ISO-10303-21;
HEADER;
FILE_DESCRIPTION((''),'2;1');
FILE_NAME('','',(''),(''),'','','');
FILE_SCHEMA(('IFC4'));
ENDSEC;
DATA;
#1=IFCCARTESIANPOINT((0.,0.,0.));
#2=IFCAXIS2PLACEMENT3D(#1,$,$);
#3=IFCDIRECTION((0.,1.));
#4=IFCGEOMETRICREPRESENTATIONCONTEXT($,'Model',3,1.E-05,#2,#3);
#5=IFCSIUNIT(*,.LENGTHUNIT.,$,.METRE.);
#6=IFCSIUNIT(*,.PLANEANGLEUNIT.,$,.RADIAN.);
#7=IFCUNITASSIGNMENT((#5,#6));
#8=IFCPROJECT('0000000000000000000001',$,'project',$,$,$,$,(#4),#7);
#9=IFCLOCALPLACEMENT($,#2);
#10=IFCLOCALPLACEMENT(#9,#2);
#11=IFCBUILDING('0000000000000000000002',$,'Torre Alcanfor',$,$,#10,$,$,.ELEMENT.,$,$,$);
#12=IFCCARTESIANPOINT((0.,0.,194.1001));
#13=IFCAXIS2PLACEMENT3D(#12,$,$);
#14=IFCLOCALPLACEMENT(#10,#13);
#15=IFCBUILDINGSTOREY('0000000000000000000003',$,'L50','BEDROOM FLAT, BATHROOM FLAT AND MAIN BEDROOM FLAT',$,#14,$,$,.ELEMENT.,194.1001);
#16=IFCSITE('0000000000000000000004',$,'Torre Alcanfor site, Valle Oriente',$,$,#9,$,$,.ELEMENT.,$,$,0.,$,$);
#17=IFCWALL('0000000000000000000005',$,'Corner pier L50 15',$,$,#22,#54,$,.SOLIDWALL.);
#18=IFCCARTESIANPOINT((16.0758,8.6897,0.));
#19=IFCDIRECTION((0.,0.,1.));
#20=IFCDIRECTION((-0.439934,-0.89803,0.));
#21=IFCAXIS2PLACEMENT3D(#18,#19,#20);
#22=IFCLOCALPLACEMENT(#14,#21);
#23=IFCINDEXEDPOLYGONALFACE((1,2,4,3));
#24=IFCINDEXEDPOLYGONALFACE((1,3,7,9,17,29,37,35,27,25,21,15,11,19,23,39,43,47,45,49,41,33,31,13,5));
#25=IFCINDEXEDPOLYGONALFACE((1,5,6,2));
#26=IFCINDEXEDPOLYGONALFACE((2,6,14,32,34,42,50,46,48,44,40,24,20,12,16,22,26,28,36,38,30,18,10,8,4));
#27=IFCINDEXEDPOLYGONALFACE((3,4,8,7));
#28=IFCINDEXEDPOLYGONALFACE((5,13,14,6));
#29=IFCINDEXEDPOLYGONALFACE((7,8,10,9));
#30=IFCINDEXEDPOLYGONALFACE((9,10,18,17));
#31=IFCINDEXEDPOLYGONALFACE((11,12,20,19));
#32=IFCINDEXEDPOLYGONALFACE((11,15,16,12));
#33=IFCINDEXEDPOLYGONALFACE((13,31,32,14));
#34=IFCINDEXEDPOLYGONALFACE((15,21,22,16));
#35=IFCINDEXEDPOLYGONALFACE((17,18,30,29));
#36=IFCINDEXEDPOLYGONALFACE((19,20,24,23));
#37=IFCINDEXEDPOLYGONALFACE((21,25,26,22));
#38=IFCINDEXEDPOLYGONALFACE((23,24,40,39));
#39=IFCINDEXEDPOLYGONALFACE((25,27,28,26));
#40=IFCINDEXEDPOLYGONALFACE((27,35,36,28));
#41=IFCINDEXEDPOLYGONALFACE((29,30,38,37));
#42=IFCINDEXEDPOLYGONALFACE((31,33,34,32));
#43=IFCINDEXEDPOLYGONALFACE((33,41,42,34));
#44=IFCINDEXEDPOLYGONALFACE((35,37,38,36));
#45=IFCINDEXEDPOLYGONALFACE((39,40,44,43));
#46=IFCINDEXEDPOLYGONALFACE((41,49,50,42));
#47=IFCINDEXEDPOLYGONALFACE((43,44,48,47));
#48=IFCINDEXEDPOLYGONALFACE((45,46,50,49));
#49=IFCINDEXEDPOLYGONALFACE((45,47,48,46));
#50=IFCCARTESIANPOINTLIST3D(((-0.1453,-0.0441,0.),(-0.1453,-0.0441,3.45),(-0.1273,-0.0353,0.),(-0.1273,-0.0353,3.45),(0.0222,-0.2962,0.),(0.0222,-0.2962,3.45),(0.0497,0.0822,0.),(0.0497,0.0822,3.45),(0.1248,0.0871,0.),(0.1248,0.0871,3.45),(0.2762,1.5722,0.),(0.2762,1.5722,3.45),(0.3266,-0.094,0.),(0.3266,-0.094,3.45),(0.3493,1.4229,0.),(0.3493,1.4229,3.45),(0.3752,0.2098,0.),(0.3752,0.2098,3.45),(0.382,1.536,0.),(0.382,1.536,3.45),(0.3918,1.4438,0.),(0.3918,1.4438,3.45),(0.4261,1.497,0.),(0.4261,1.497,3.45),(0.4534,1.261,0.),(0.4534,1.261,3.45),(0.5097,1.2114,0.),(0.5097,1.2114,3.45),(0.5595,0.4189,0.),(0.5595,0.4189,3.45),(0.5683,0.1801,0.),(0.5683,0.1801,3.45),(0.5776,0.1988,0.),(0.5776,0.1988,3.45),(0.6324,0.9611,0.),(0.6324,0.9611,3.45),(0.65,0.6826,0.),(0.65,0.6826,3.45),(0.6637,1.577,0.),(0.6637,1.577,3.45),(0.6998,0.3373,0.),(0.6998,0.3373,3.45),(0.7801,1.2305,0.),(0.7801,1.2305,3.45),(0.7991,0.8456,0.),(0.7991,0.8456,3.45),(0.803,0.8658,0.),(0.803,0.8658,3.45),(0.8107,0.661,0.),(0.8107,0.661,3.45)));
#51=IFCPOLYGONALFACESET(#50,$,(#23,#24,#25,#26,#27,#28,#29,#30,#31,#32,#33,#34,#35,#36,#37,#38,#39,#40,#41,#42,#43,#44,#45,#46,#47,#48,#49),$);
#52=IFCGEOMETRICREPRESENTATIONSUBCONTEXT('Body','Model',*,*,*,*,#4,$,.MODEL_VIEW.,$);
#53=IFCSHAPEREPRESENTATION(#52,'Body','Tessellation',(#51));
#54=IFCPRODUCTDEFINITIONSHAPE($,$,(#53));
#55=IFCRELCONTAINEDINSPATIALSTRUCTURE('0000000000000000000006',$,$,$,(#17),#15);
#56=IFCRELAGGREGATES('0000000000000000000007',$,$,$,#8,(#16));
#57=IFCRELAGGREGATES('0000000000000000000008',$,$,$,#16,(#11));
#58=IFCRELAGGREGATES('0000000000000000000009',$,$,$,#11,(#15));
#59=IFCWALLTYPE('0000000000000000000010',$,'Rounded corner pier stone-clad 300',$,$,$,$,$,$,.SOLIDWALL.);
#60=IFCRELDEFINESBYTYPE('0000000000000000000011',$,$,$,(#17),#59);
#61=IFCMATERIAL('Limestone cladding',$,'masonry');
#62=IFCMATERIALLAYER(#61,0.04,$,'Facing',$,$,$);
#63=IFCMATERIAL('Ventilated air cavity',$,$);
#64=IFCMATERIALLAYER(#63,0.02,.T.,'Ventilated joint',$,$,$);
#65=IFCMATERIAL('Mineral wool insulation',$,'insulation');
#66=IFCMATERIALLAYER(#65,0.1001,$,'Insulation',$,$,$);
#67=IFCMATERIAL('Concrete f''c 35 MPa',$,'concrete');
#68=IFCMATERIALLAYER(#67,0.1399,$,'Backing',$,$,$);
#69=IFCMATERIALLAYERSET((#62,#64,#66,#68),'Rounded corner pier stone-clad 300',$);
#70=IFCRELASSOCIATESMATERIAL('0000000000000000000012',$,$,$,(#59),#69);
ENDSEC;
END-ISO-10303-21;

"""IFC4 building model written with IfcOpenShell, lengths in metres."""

from ifc_helpers import new_model, si_unit, direction, frame, origin, place, context, subcontext, project, spatial, polyline, outline, extrude, material, layer, layer_set, type_object, element, save


model = new_model("IFC4")

# Units and contexts
model_context = context("Model", 3, precision=1e-05, world=origin(), true_north=direction((0.0, 1.0)))
body_context = subcontext(model_context, "Body", "Model", "MODEL_VIEW")
ifc_project = project(units=[si_unit("LENGTHUNIT", "METRE"), si_unit("PLANEANGLEUNIT", "RADIAN")], contexts=[model_context])

# Site, building, storey
site_placement = place(None, origin())
site = spatial("IfcSite", under=ifc_project, at=site_placement, Name="Torre Alcanfor site, Valle Oriente", CompositionType="ELEMENT", RefElevation=0.0)
building_placement = place(site_placement, origin())
building = spatial("IfcBuilding", under=site, at=building_placement, Name="Torre Alcanfor", CompositionType="ELEMENT")
storey_placement = place(building_placement, frame((0.0, 0.0, 194.1001)))
storey = spatial("IfcBuildingStorey", under=building, at=storey_placement, Name="L50", Description="BEDROOM FLAT, BATHROOM FLAT AND MAIN BEDROOM FLAT", CompositionType="ELEMENT", Elevation=194.1001)

# Shared definitions
ifc_material_1 = material(Name="Limestone cladding", Category="masonry")
ifc_material_2 = material(Name="Ventilated air cavity")
ifc_material_3 = material(Name="Mineral wool insulation", Category="insulation")
ifc_material_4 = material(Name="Concrete f'c 35 MPa", Category="concrete")

# Wall
ifc_layer_1 = layer(ifc_material_1, 0.04, Name="Facing")
ifc_layer_2 = layer(ifc_material_2, 0.02, ventilated=True, Name="Ventilated joint")
ifc_layer_3 = layer(ifc_material_3, 0.1001, Name="Insulation")
ifc_layer_4 = layer(ifc_material_4, 0.1399, Name="Backing")
ifc_layer_set_1 = layer_set([ifc_layer_1, ifc_layer_2, ifc_layer_3, ifc_layer_4], Name="Rounded corner pier stone-clad 300")
wall_type_1 = type_object("IfcWallType", Name="Rounded corner pier stone-clad 300", PredefinedType="SOLIDWALL", material=ifc_layer_set_1)
wall_1_placement = place(storey_placement, frame((16.0758, 8.6897, 0.0), z_axis=(0.0, 0.0, 1.0), x_axis=(-0.439934, -0.89803, 0.0)))
element("IfcWall", 1, at=wall_1_placement, inside=storey, type_object=wall_type_1, Name="Corner pier L50 15", PredefinedType="SOLIDWALL", context=body_context, shape_type="SweptSolid", body=[
    extrude(outline(polyline([(0.6637, 1.577), (0.4261, 1.497), (0.382, 1.536), (0.2762, 1.5722), (0.3493, 1.4229), (0.3918, 1.4438), (0.4534, 1.261), (0.5097, 1.2114), (0.6324, 0.9611), (0.65, 0.6826), (0.5595, 0.4189), (0.3752, 0.2098), (0.1248, 0.0871), (0.0497, 0.0822), (-0.1273, -0.0353), (-0.1453, -0.0441), (0.0222, -0.2962), (0.3266, -0.094), (0.5683, 0.1801), (0.5776, 0.1988), (0.6998, 0.3373), (0.8107, 0.661), (0.7991, 0.8456), (0.803, 0.8658), (0.7801, 1.2305), (0.6637, 1.577)])), origin(), (0.0, 0.0, 1.0), 3.45),
])

save(model, "model.ifc")
